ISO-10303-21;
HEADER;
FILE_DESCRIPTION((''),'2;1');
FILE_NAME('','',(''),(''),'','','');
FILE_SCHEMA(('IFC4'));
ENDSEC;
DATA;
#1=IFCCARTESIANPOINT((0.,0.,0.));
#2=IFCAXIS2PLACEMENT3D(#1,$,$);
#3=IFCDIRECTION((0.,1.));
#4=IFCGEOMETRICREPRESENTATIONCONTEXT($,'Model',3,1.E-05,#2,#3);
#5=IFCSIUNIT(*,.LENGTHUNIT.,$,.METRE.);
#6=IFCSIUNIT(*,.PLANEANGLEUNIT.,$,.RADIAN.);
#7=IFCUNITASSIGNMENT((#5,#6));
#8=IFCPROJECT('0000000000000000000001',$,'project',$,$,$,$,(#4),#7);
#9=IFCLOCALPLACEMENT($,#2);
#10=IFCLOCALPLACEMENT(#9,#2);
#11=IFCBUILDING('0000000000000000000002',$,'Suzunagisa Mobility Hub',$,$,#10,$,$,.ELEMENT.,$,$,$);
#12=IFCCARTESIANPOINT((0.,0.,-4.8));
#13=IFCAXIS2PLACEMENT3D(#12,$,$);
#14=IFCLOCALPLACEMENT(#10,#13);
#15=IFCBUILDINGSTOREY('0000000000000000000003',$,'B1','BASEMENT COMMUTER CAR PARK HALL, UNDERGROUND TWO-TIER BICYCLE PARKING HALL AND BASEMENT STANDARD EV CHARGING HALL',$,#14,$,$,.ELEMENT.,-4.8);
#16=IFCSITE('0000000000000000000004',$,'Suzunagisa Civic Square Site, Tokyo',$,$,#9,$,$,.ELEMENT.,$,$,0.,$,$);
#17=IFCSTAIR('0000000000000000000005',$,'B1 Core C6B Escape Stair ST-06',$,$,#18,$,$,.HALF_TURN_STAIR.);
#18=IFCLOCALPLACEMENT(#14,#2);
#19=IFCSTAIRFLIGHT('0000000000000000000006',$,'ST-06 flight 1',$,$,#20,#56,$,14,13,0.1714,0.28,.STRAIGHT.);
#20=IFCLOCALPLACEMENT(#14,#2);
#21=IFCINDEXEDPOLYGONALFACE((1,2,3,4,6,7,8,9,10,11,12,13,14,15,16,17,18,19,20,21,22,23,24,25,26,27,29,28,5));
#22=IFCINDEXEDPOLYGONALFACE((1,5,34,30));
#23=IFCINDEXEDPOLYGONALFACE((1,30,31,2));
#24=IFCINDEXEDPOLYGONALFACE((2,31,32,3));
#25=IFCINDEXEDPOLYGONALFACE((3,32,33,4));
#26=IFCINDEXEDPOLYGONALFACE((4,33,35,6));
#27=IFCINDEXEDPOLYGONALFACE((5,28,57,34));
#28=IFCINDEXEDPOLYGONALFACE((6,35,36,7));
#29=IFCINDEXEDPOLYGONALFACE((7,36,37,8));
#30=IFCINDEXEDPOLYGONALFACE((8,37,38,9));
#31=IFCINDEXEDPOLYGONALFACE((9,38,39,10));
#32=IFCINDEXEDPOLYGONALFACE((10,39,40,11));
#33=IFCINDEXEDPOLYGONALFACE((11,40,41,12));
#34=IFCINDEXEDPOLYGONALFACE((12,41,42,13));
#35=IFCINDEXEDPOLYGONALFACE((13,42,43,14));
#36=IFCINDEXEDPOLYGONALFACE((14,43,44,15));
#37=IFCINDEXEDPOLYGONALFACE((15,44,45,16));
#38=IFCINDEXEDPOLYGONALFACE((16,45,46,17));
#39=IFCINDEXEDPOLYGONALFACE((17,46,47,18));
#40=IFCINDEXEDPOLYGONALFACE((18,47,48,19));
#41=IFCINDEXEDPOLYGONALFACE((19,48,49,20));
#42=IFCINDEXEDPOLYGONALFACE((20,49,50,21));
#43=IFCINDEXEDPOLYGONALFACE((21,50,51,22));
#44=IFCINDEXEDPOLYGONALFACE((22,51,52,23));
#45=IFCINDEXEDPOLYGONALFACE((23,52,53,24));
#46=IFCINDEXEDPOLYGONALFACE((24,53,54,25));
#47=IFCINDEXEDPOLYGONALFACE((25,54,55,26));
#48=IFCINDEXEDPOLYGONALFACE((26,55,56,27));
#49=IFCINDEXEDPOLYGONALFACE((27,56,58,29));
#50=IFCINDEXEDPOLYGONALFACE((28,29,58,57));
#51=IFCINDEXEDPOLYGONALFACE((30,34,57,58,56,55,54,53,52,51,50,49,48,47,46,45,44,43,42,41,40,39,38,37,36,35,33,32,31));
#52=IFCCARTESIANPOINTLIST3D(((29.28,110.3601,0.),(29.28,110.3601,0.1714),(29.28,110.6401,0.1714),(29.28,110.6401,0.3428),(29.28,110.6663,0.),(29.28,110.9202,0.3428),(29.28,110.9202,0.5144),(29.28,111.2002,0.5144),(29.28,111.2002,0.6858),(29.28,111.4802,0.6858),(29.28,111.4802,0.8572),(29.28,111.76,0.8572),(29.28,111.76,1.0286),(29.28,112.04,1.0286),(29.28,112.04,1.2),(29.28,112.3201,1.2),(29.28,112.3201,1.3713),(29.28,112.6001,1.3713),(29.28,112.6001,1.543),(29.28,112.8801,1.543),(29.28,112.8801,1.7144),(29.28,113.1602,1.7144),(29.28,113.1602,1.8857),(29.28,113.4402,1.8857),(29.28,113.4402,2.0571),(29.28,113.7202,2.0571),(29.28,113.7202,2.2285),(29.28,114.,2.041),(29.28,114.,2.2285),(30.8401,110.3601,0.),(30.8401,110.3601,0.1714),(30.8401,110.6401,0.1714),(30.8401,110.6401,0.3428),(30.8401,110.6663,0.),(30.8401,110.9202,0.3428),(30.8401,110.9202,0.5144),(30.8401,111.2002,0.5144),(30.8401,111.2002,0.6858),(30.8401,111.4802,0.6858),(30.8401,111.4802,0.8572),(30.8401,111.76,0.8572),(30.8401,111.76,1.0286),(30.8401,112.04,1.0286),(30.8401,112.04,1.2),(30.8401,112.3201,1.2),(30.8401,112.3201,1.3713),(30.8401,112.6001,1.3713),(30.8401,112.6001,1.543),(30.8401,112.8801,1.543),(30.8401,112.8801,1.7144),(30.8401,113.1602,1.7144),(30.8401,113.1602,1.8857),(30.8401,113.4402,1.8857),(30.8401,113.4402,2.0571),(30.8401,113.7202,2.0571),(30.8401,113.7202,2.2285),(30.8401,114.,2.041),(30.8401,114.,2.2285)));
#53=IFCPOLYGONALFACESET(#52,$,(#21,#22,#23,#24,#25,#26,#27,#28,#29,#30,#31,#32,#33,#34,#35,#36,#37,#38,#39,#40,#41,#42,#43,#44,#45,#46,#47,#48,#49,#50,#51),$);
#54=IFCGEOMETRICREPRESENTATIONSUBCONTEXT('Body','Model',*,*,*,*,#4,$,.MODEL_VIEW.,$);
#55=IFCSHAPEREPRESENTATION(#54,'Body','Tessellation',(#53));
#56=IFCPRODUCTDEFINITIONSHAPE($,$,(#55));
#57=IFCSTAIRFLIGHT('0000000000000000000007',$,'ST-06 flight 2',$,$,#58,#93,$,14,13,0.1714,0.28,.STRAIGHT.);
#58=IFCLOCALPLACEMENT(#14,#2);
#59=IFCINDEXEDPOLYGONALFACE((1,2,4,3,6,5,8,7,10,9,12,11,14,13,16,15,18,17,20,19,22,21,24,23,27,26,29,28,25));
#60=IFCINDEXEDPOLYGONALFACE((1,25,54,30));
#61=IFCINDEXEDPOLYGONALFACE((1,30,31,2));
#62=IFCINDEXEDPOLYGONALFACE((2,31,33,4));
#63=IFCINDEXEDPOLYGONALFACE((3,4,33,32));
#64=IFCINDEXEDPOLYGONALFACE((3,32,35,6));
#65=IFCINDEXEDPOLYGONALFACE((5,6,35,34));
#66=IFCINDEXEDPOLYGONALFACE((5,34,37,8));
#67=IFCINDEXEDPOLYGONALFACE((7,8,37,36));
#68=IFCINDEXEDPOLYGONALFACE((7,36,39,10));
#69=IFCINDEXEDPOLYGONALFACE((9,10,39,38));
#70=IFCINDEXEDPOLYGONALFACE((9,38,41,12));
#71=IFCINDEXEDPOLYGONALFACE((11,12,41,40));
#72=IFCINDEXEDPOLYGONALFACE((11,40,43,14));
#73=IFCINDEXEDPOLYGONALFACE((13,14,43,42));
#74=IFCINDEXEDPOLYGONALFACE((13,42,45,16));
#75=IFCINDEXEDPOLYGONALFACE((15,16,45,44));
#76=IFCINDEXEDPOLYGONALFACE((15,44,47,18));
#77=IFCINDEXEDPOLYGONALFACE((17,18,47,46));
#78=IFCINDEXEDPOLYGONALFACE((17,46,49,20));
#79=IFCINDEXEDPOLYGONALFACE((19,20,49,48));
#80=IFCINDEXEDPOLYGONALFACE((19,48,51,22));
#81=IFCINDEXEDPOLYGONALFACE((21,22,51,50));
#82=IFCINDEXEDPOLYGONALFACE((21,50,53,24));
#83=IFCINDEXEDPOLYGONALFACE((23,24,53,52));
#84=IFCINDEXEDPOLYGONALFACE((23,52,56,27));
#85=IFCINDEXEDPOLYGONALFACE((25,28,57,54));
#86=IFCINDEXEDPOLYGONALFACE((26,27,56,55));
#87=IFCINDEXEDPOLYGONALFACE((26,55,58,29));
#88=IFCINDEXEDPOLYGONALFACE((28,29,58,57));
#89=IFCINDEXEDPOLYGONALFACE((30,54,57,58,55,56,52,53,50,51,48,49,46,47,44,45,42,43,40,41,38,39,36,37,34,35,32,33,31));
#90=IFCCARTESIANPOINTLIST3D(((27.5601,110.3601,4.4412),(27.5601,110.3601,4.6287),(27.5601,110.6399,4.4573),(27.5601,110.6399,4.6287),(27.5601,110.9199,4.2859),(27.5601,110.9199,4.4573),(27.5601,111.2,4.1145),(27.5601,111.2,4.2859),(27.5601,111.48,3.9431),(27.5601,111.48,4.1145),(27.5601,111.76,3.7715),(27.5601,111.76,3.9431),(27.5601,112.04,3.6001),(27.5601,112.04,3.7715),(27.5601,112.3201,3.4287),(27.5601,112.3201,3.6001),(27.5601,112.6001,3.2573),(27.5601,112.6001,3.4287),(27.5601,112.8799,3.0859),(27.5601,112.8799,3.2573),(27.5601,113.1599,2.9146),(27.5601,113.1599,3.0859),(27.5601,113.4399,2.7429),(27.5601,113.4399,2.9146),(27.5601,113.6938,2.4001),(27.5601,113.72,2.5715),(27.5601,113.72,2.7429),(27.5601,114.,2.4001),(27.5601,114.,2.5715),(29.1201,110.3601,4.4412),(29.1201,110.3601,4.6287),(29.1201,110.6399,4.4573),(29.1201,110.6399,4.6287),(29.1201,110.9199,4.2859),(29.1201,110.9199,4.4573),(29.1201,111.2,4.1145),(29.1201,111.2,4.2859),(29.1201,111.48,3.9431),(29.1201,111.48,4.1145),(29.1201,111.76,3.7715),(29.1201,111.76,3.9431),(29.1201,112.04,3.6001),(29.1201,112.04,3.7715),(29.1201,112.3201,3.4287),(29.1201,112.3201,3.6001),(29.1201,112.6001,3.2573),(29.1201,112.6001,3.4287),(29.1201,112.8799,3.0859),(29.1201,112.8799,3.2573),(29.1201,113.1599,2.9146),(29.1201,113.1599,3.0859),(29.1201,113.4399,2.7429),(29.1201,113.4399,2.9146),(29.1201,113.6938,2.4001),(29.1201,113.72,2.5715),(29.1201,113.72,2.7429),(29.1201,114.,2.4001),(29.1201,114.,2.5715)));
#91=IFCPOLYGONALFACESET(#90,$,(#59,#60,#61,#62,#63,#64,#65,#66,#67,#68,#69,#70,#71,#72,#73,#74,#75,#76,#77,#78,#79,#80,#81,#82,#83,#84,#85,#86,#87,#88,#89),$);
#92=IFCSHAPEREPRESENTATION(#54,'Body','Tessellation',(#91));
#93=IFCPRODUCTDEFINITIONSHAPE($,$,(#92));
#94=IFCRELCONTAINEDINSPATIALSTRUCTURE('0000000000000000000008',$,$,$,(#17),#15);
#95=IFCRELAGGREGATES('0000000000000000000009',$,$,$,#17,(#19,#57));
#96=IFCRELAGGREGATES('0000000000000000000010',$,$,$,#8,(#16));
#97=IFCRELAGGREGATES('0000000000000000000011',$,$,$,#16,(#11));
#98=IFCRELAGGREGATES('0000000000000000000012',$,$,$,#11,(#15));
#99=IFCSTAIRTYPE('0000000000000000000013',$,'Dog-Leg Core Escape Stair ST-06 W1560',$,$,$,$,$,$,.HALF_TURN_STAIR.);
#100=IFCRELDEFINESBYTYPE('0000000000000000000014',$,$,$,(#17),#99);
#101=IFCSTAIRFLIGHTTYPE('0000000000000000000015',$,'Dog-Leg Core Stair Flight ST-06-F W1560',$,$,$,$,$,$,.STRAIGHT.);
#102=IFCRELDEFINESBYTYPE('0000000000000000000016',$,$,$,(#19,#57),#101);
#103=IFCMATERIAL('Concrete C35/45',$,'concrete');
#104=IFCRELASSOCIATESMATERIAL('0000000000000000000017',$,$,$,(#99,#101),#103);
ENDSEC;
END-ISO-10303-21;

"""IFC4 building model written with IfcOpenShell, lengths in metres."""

from ifc_helpers import new_model, si_unit, direction, frame, origin, place, context, subcontext, project, spatial, polyline, outline, extrude, material, type_object, element, aggregate, save


model = new_model("IFC4")

# Units and contexts
model_context = context("Model", 3, precision=1e-05, world=origin(), true_north=direction((0.0, 1.0)))
body_context = subcontext(model_context, "Body", "Model", "MODEL_VIEW")
ifc_project = project(units=[si_unit("LENGTHUNIT", "METRE"), si_unit("PLANEANGLEUNIT", "RADIAN")], contexts=[model_context])

# Site, building, storey
site_placement = place(None, origin())
site = spatial("IfcSite", under=ifc_project, at=site_placement, Name="Suzunagisa Civic Square Site, Tokyo", CompositionType="ELEMENT", RefElevation=0.0)
building_placement = place(site_placement, origin())
building = spatial("IfcBuilding", under=site, at=building_placement, Name="Suzunagisa Mobility Hub", CompositionType="ELEMENT")
storey_placement = place(building_placement, frame((0.0, 0.0, -4.8)))
storey = spatial("IfcBuildingStorey", under=building, at=storey_placement, Name="B1", Description="BASEMENT COMMUTER CAR PARK HALL, UNDERGROUND TWO-TIER BICYCLE PARKING HALL AND BASEMENT STANDARD EV CHARGING HALL", CompositionType="ELEMENT", Elevation=-4.8)

# Shared definitions
ifc_material_1 = material(Name="Concrete C35/45", Category="concrete")

# Stair, stair flights
stair_type = type_object("IfcStairType", Name="Dog-Leg Core Escape Stair ST-06 W1560", PredefinedType="HALF_TURN_STAIR", material=ifc_material_1)
stair_placement = place(storey_placement, origin())
stair = element("IfcStair", 1, at=stair_placement, inside=storey, type_object=stair_type, Name="B1 Core C6B Escape Stair ST-06", PredefinedType="HALF_TURN_STAIR")
stair_flight_type = type_object("IfcStairFlightType", Name="Dog-Leg Core Stair Flight ST-06-F W1560", PredefinedType="STRAIGHT", material=ifc_material_1)
stair_flight_1_placement = place(storey_placement, frame((30.0601, 110.3601, 0.0), z_axis=(0.0, 0.0, 1.0), x_axis=(0.0, 1.0, 0.0)))
stair_flight_1 = element("IfcStairFlight", 2, at=stair_flight_1_placement, type_object=stair_flight_type, Name="ST-06 flight 1", NumberOfRisers=14, NumberOfTreads=13, PredefinedType="STRAIGHT", RiserHeight=0.1714, TreadLength=0.28, context=body_context, shape_type="SweptSolid", body=[
    extrude(outline(polyline([(0.0, 0.0), (0.0, 0.1714), (0.28, 0.1714), (0.28, 0.3428), (0.5601, 0.3428), (0.5601, 0.5144), (0.8401, 0.5144), (0.8401, 0.6858), (1.1201, 0.6858), (1.1201, 0.8572), (1.3999, 0.8572), (1.3999, 1.0286), (1.6799, 1.0286), (1.6799, 1.2), (1.96, 1.2), (1.96, 1.3713), (2.24, 1.3713), (2.24, 1.543), (2.52, 1.543), (2.52, 1.7144), (2.8, 1.7144), (2.8, 1.8857), (3.0801, 1.8857), (3.0801, 2.0571), (3.3601, 2.0571), (3.3601, 2.2285), (3.6399, 2.2285), (3.6399, 2.3999), (3.6399, 2.041), (0.3062, 0.0), (0.0, 0.0)])), frame((0.0, 0.78, 0.0), z_axis=(0.0, -1.0, 0.0), x_axis=(1.0, 0.0, 0.0)), (0.0, 0.0, 1.0), 1.5601),
])
stair_flight_2_placement = place(storey_placement, frame((28.3401, 114.0, 2.4001), z_axis=(0.0, 0.0, 1.0), x_axis=(0.0, -1.0, 0.0)))
stair_flight_2 = element("IfcStairFlight", 3, at=stair_flight_2_placement, type_object=stair_flight_type, Name="ST-06 flight 2", NumberOfRisers=14, NumberOfTreads=13, PredefinedType="STRAIGHT", RiserHeight=0.1714, TreadLength=0.28, context=body_context, shape_type="SweptSolid", body=[
    extrude(outline(polyline([(0.0, 0.0), (0.0, 0.1714), (0.28, 0.1714), (0.28, 0.3428), (0.5601, 0.3428), (0.5601, 0.5144), (0.8401, 0.5144), (0.8401, 0.6858), (1.1201, 0.6858), (1.1201, 0.8572), (1.3999, 0.8572), (1.3999, 1.0286), (1.6799, 1.0286), (1.6799, 1.2), (1.96, 1.2), (1.96, 1.3713), (2.24, 1.3713), (2.24, 1.543), (2.52, 1.543), (2.52, 1.7144), (2.8, 1.7144), (2.8, 1.8857), (3.0801, 1.8857), (3.0801, 2.0571), (3.3601, 2.0571), (3.3601, 2.2285), (3.6399, 2.2285), (3.6399, 2.3999), (3.6399, 2.041), (0.3062, 0.0), (0.0, 0.0)])), frame((0.0, 0.78, 0.0), z_axis=(0.0, -1.0, 0.0), x_axis=(1.0, 0.0, 0.0)), (0.0, 0.0, 1.0), 1.5601),
])
aggregate(stair, [stair_flight_1, stair_flight_2])

save(model, "model.ifc")
